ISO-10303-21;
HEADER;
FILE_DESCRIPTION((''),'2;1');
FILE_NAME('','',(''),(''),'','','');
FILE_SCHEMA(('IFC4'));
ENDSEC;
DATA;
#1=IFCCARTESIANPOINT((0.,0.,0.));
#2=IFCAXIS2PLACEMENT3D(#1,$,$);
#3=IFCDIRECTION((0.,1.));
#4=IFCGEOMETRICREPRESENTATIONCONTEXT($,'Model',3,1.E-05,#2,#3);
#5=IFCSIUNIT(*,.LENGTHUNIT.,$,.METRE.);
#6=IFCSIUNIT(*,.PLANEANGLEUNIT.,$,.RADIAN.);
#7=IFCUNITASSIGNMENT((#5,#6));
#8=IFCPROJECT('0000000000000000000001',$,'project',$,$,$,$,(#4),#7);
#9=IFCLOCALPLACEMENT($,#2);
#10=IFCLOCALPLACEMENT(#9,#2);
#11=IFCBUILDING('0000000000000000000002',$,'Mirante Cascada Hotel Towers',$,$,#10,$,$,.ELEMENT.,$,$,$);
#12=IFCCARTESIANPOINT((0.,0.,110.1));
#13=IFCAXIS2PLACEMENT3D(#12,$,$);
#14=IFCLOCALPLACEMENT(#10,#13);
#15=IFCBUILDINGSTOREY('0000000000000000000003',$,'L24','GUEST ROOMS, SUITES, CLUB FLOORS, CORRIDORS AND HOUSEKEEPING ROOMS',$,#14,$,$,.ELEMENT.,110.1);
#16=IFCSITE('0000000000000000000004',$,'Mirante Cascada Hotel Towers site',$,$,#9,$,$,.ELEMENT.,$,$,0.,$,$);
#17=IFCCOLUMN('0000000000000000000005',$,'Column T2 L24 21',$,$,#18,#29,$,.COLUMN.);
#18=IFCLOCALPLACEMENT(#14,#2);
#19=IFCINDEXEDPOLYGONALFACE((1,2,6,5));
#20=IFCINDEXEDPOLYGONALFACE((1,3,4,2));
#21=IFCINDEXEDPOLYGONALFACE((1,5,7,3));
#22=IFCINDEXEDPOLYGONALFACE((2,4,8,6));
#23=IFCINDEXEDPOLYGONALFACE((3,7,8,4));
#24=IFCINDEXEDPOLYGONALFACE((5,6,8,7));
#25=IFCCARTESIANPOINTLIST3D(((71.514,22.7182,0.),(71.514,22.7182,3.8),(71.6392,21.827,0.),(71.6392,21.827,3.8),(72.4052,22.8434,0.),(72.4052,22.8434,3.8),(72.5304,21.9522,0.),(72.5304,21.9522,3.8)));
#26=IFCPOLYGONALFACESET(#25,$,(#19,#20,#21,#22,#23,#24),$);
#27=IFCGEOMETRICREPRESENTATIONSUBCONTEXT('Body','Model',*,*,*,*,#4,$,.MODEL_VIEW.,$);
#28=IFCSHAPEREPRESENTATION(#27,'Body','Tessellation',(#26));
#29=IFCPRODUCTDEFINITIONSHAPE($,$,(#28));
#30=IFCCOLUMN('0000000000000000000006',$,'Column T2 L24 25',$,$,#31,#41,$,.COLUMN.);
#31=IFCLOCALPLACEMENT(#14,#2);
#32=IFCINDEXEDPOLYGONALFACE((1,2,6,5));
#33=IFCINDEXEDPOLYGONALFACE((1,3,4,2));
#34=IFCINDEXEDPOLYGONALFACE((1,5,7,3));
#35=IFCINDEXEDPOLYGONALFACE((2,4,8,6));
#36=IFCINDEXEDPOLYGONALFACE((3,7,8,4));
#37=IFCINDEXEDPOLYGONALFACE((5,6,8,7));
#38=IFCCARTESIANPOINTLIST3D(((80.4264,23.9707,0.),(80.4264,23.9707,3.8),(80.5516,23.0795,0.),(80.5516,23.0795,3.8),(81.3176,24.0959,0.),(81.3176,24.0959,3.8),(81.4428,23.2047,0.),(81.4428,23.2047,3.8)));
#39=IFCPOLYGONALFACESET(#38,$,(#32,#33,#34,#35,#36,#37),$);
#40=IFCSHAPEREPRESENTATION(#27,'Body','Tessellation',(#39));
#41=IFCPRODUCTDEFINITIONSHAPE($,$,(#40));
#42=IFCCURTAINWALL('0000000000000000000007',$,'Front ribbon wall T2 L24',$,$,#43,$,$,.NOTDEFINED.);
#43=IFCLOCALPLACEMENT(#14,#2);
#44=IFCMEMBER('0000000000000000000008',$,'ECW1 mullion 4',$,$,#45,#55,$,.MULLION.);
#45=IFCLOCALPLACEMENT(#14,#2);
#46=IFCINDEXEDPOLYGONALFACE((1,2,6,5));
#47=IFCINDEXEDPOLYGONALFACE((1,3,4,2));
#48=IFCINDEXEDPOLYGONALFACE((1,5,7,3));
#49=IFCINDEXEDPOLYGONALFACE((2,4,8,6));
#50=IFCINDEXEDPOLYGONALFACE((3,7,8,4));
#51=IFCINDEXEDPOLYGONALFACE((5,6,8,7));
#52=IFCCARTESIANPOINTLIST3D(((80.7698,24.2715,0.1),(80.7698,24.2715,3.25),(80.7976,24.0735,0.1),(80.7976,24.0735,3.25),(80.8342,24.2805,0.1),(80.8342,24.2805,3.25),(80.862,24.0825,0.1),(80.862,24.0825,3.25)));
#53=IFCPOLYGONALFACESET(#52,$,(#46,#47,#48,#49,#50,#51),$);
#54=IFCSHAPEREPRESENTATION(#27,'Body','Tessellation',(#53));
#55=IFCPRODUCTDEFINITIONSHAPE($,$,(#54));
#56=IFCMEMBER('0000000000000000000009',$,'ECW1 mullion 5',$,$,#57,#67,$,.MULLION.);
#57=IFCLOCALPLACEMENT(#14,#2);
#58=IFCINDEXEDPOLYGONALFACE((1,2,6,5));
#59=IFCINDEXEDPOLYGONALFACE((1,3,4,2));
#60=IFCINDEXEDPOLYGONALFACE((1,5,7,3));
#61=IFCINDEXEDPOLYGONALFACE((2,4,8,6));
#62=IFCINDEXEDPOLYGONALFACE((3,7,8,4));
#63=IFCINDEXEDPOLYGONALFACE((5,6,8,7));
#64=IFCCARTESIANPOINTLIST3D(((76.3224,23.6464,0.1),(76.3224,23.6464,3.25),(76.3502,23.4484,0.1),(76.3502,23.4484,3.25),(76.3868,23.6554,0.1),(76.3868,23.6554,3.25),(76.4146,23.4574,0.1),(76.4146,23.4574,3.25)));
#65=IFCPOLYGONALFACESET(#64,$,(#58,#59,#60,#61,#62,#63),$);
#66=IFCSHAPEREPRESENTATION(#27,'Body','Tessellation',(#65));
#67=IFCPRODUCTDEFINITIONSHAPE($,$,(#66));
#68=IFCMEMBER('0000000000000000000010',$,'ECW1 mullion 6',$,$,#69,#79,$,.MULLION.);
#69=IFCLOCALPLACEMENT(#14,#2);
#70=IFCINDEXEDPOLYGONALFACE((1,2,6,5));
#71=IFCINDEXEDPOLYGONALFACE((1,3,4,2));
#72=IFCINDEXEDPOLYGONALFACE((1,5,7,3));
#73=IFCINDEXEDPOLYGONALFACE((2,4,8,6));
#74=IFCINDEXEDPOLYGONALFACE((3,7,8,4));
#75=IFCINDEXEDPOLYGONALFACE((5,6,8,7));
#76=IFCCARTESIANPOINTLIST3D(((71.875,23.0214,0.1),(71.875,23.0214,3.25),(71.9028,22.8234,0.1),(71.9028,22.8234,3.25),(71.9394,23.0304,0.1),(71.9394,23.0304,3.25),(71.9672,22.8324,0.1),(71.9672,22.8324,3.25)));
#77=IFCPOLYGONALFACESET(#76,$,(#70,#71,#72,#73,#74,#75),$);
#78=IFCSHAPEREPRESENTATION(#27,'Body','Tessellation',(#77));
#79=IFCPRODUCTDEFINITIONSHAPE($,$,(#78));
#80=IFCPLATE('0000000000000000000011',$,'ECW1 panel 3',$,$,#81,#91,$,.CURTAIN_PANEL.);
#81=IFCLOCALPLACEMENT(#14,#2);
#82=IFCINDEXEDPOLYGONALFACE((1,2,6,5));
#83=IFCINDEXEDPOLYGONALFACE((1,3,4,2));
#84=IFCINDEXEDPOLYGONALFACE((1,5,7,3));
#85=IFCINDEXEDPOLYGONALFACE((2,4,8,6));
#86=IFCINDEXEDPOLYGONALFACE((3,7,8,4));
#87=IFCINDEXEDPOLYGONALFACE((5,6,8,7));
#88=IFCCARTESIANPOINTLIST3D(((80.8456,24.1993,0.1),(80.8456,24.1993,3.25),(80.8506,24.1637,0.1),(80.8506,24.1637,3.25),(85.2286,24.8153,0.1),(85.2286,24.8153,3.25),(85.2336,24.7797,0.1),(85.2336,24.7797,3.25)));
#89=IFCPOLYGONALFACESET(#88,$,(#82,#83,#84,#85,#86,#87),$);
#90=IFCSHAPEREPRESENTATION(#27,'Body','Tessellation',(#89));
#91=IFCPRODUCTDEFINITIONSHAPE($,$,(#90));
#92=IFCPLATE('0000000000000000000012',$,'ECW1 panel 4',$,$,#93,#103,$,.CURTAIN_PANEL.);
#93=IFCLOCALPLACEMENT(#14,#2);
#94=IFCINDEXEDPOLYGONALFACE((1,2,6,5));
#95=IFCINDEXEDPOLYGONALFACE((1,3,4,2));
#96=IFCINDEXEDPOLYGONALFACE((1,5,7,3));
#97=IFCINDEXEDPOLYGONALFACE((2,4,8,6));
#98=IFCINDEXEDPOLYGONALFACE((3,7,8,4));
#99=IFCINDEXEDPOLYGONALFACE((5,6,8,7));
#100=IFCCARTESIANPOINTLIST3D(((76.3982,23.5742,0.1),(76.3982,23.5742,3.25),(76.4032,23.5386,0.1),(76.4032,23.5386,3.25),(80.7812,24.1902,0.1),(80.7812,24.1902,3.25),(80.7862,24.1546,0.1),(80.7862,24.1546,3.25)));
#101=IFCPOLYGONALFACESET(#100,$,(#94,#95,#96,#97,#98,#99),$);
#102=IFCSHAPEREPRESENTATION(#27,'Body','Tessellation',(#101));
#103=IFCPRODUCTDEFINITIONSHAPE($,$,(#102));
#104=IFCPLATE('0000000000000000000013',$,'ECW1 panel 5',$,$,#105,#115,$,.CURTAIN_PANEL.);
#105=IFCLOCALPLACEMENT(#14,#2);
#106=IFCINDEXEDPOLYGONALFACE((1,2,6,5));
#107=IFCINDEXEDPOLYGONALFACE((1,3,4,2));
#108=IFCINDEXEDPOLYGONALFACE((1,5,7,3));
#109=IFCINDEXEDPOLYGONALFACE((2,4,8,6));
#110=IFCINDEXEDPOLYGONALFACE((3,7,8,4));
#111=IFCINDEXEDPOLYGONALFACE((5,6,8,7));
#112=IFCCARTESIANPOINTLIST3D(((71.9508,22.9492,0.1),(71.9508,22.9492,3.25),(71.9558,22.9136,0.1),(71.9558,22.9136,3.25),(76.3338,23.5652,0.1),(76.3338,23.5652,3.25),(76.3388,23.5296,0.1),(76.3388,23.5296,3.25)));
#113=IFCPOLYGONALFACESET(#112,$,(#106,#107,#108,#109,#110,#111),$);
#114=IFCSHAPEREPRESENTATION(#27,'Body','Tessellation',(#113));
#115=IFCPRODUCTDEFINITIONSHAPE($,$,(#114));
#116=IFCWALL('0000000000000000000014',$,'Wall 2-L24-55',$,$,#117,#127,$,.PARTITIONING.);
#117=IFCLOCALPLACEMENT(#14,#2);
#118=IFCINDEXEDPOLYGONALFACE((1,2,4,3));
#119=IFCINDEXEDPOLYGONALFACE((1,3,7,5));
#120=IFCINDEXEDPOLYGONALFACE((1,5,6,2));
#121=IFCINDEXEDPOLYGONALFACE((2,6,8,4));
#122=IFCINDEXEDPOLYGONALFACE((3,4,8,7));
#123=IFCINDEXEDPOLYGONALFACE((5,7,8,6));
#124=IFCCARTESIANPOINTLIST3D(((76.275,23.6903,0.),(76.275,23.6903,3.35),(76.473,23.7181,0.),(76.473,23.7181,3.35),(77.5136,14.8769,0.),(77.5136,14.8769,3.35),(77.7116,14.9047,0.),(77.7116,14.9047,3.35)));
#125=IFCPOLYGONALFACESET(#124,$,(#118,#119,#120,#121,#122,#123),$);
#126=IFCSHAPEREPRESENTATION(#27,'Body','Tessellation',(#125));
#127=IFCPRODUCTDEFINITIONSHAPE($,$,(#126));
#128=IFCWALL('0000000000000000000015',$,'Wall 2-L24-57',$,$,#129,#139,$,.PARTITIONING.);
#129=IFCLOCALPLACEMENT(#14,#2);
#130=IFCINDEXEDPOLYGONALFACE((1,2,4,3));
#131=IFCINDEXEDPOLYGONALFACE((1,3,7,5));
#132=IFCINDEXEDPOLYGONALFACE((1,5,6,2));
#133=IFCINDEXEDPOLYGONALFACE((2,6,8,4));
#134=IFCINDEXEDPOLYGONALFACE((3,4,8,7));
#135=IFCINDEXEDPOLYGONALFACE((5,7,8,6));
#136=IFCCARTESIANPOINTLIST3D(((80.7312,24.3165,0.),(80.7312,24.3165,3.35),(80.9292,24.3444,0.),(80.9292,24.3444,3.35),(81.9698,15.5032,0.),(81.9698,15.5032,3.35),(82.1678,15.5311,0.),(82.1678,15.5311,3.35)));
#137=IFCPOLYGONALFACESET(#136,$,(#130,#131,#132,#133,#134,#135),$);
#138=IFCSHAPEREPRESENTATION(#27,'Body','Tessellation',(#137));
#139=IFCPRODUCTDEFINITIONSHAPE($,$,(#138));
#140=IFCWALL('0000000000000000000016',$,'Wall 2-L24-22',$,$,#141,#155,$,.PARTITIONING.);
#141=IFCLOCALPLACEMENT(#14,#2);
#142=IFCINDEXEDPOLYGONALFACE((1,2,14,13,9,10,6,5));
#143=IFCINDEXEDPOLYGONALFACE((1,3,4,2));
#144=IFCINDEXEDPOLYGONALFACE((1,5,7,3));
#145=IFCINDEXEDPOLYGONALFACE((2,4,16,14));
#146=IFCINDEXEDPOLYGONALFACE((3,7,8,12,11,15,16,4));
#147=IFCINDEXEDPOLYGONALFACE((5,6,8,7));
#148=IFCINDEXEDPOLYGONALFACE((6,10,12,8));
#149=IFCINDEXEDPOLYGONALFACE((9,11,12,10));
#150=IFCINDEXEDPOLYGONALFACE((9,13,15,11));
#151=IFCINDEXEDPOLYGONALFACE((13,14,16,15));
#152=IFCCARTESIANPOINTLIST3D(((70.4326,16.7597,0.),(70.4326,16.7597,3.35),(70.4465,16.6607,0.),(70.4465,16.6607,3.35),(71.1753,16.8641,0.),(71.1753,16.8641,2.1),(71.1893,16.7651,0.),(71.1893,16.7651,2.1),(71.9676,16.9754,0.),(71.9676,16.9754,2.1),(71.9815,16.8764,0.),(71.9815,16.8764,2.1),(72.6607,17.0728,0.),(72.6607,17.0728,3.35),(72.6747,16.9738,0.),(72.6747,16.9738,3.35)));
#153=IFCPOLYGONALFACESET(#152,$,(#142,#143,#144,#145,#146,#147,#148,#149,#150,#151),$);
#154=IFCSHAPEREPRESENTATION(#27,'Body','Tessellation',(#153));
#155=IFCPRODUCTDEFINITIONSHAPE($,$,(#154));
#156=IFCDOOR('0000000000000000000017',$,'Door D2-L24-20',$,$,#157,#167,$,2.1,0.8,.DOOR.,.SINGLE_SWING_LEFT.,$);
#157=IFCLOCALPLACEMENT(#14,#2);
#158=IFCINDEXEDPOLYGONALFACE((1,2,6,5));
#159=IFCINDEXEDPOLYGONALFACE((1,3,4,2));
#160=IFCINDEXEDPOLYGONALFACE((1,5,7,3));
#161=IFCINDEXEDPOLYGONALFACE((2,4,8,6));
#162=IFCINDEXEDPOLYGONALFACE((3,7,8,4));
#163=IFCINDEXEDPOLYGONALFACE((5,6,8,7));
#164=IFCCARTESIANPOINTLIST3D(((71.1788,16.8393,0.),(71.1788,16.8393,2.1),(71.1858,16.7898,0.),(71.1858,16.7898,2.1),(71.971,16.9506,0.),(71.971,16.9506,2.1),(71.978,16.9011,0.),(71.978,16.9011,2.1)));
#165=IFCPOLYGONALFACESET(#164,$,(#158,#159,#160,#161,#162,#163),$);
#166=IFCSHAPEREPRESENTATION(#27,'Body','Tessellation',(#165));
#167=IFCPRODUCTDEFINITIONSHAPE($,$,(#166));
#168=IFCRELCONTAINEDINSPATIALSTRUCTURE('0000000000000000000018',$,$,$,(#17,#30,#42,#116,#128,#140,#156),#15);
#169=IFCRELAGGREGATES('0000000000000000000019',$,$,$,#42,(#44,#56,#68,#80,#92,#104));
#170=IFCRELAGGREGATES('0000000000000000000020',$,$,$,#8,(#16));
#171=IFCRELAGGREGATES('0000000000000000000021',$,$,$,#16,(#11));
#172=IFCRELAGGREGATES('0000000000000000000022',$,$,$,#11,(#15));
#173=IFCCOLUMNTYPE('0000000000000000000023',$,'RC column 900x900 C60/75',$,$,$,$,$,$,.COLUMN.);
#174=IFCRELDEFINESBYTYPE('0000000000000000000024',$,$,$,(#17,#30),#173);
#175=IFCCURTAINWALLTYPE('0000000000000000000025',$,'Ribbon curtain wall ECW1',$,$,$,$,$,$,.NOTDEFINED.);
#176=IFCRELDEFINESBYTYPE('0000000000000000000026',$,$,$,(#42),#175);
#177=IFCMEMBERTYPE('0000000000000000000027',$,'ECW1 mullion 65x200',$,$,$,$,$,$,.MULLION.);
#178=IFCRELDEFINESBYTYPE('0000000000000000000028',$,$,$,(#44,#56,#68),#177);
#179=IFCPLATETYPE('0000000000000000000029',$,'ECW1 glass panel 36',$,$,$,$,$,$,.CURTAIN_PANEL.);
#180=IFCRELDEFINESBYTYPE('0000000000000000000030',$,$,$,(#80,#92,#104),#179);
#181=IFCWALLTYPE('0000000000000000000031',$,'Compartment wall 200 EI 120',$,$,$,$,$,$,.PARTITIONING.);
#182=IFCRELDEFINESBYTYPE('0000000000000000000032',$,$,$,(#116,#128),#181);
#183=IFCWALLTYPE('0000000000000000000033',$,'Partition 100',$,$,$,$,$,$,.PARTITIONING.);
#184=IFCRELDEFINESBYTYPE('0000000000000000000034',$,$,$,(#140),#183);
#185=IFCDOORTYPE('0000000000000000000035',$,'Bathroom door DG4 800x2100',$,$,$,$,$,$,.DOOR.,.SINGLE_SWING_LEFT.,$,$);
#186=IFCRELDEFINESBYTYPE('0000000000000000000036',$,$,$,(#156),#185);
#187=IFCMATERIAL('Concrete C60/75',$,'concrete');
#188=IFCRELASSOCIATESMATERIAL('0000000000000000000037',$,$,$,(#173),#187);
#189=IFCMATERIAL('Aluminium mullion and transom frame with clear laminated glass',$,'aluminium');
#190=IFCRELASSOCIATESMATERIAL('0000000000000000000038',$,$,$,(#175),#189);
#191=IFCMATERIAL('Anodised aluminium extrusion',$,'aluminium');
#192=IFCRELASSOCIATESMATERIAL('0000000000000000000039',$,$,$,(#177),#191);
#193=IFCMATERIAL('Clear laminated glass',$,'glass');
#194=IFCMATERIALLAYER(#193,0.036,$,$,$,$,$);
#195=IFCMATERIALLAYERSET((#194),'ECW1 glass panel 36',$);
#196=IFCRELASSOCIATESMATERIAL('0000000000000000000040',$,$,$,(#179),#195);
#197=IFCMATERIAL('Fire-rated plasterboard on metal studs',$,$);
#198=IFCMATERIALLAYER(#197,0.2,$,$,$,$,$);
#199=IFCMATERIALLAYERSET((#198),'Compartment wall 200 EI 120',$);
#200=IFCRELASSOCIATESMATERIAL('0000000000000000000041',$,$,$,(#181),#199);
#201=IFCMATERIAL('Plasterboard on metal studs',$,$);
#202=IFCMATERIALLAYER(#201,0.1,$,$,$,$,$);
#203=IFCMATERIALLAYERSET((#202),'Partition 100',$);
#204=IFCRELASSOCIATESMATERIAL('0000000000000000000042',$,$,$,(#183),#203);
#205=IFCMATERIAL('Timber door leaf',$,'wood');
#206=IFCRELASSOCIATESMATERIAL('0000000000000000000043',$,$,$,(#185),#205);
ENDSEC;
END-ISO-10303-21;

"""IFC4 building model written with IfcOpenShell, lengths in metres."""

from ifc_helpers import new_model, si_unit, direction, frame, frame_2d, origin, origin_2d, place, context, subcontext, project, spatial, rectangle, extrude, material, layer, layer_set, material_profile, profile_set, type_object, element, fill, aggregate, save


model = new_model("IFC4")

# Units and contexts
model_context = context("Model", 3, precision=1e-05, world=origin(), true_north=direction((0.0, 1.0)))
body_context = subcontext(model_context, "Body", "Model", "MODEL_VIEW")
ifc_project = project(units=[si_unit("LENGTHUNIT", "METRE"), si_unit("PLANEANGLEUNIT", "RADIAN")], contexts=[model_context])

# Site, building, storey
site_placement = place(None, origin())
site = spatial("IfcSite", under=ifc_project, at=site_placement, Name="Mirante Cascada Hotel Towers site", CompositionType="ELEMENT", RefElevation=0.0)
building_placement = place(site_placement, origin())
building = spatial("IfcBuilding", under=site, at=building_placement, Name="Mirante Cascada Hotel Towers", CompositionType="ELEMENT")
storey_placement = place(building_placement, frame((0.0, 0.0, 110.1)))
storey = spatial("IfcBuildingStorey", under=building, at=storey_placement, Name="L24", Description="GUEST ROOMS, SUITES, CLUB FLOORS, CORRIDORS AND HOUSEKEEPING ROOMS", CompositionType="ELEMENT", Elevation=110.1)

# Columns
ifc_material_1 = material(Name="Concrete C60/75", Category="concrete")
ifc_material_profile_1 = material_profile(ifc_material_1, rectangle(XDim=0.9, YDim=0.9, at=origin_2d()), Name="RC column 900x900 C60/75")
ifc_profile_set_1 = profile_set([ifc_material_profile_1], Name="Concrete C60/75")
column_type = type_object("IfcColumnType", Name="RC column 900x900 C60/75", PredefinedType="COLUMN", material=ifc_profile_set_1)
for number, where, z_axis, x_axis, name in (
    (1, (72.0222, 22.3352, 0.0), (0.0, 0.0, 1.0), (0.990268, 0.139173, 0.0), "Column T2 L24 21"),
    (2, (80.9346, 23.5877, 0.0), (0.0, 0.0, 1.0), (0.990268, 0.139173, 0.0), "Column T2 L24 25"),
):
    element("IfcColumn", number, at=place(storey_placement, frame(where, z_axis=z_axis, x_axis=x_axis)), inside=storey, type_object=column_type, Name=name, PredefinedType="COLUMN", context=body_context, shape_type="SweptSolid", body=[
        extrude(rectangle(XDim=0.9, YDim=0.9, at=origin_2d()), origin(), (0.0, 0.0, 1.0), 3.8),
    ])

# Curtain wall, members, plates
ifc_material_2 = material(Name="Aluminium mullion and transom frame with clear laminated glass", Category="aluminium")
curtain_wall_type = type_object("IfcCurtainWallType", Name="Ribbon curtain wall ECW1", PredefinedType="NOTDEFINED", material=ifc_material_2)
curtain_wall_placement = place(storey_placement, origin())
curtain_wall = element("IfcCurtainWall", 3, at=curtain_wall_placement, inside=storey, type_object=curtain_wall_type, Name="Front ribbon wall T2 L24", PredefinedType="NOTDEFINED")
ifc_material_3 = material(Name="Anodised aluminium extrusion", Category="aluminium")
ifc_material_profile_2 = material_profile(ifc_material_3, rectangle(XDim=0.2, YDim=0.065, at=origin_2d()), Name="ECW1 MULLION 65x200")
ifc_profile_set_2 = profile_set([ifc_material_profile_2], Name="Anodised aluminium extrusion")
member_type = type_object("IfcMemberType", Name="ECW1 mullion 65x200", PredefinedType="MULLION", material=ifc_profile_set_2)
member_1_placement = place(storey_placement, frame((80.8159, 24.177, 0.1), z_axis=(0.0, 0.0, 1.0), x_axis=(0.139173, -0.990268, 0.0)))
member_1 = element("IfcMember", 4, at=member_1_placement, type_object=member_type, Name="ECW1 mullion 4", PredefinedType="MULLION", context=body_context, shape_type="SweptSolid", body=[
    extrude(rectangle(XDim=0.2, YDim=0.065, at=origin_2d()), origin(), (0.0, 0.0, 1.0), 3.15),
])
member_2_placement = place(storey_placement, frame((76.3685, 23.5519, 0.1), z_axis=(0.0, 0.0, 1.0), x_axis=(0.139173, -0.990268, 0.0)))
member_2 = element("IfcMember", 5, at=member_2_placement, type_object=member_type, Name="ECW1 mullion 5", PredefinedType="MULLION", context=body_context, shape_type="SweptSolid", body=[
    extrude(rectangle(XDim=0.2, YDim=0.065, at=origin_2d()), origin(), (0.0, 0.0, 1.0), 3.15),
])
member_3_placement = place(storey_placement, frame((71.9211, 22.9269, 0.1), z_axis=(0.0, 0.0, 1.0), x_axis=(0.139173, -0.990268, 0.0)))
member_3 = element("IfcMember", 6, at=member_3_placement, type_object=member_type, Name="ECW1 mullion 6", PredefinedType="MULLION", context=body_context, shape_type="SweptSolid", body=[
    extrude(rectangle(XDim=0.2, YDim=0.065, at=origin_2d()), origin(), (0.0, 0.0, 1.0), 3.15),
])
ifc_material_4 = material(Name="Clear laminated glass", Category="glass")
ifc_layer_1 = layer(ifc_material_4, 0.036)
ifc_layer_set_1 = layer_set([ifc_layer_1], Name="ECW1 glass panel 36")
plate_type = type_object("IfcPlateType", Name="ECW1 glass panel 36", PredefinedType="CURTAIN_PANEL", material=ifc_layer_set_1)
plate_1_placement = place(storey_placement, frame((83.0396, 24.4895, 0.1), z_axis=(0.0, 0.0, 1.0), x_axis=(-0.990268, -0.139173, 0.0)))
plate_1 = element("IfcPlate", 7, at=plate_1_placement, type_object=plate_type, Name="ECW1 panel 3", PredefinedType="CURTAIN_PANEL", context=body_context, shape_type="SweptSolid", body=[
    extrude(rectangle(XDim=4.4261, YDim=0.036, at=origin_2d()), origin(), (0.0, 0.0, 1.0), 3.15),
])
plate_2_placement = place(storey_placement, frame((78.5922, 23.8644, 0.1), z_axis=(0.0, 0.0, 1.0), x_axis=(-0.990268, -0.139173, 0.0)))
plate_2 = element("IfcPlate", 8, at=plate_2_placement, type_object=plate_type, Name="ECW1 panel 4", PredefinedType="CURTAIN_PANEL", context=body_context, shape_type="SweptSolid", body=[
    extrude(rectangle(XDim=4.4261, YDim=0.036, at=origin_2d()), origin(), (0.0, 0.0, 1.0), 3.15),
])
plate_3_placement = place(storey_placement, frame((74.1448, 23.2394, 0.1), z_axis=(0.0, 0.0, 1.0), x_axis=(-0.990268, -0.139173, 0.0)))
plate_3 = element("IfcPlate", 9, at=plate_3_placement, type_object=plate_type, Name="ECW1 panel 5", PredefinedType="CURTAIN_PANEL", context=body_context, shape_type="SweptSolid", body=[
    extrude(rectangle(XDim=4.4261, YDim=0.036, at=origin_2d()), origin(), (0.0, 0.0, 1.0), 3.15),
])
aggregate(curtain_wall, [member_1, member_2, member_3, plate_1, plate_2, plate_3])

# Walls
ifc_material_5 = material(Name="Fire-rated plasterboard on metal studs")
ifc_layer_2 = layer(ifc_material_5, 0.2)
ifc_layer_set_2 = layer_set([ifc_layer_2], Name="Compartment wall 200 EI 120")
wall_type_1 = type_object("IfcWallType", Name="Compartment wall 200 EI 120", PredefinedType="PARTITIONING", material=ifc_layer_set_2)
wall_1_placement = place(storey_placement, frame((77.6126, 14.8908, 0.0), z_axis=(0.0, 0.0, 1.0), x_axis=(-0.139168, 0.990269, 0.0)))
element("IfcWall", 10, at=wall_1_placement, inside=storey, type_object=wall_type_1, Name="Wall 2-L24-55", PredefinedType="PARTITIONING", context=body_context, shape_type="SweptSolid", body=[
    extrude(rectangle(XDim=8.9, YDim=0.2, at=frame_2d((4.45, 0.0))), origin(), (0.0, 0.0, 1.0), 3.35),
])
wall_2_placement = place(storey_placement, frame((82.0688, 15.5171, 0.0), z_axis=(0.0, 0.0, 1.0), x_axis=(-0.13917, 0.990268, 0.0)))
element("IfcWall", 11, at=wall_2_placement, inside=storey, type_object=wall_type_1, Name="Wall 2-L24-57", PredefinedType="PARTITIONING", context=body_context, shape_type="SweptSolid", body=[
    extrude(rectangle(XDim=8.8999, YDim=0.2, at=frame_2d((4.45, 0.0))), origin(), (0.0, 0.0, 1.0), 3.35),
])

# Wall, opening, door
ifc_material_6 = material(Name="Plasterboard on metal studs")
ifc_layer_3 = layer(ifc_material_6, 0.1)
ifc_layer_set_3 = layer_set([ifc_layer_3], Name="Partition 100")
wall_type_2 = type_object("IfcWallType", Name="Partition 100", PredefinedType="PARTITIONING", material=ifc_layer_set_3)
wall_3_placement = place(storey_placement, frame((72.6677, 17.0233, 0.0), z_axis=(0.0, 0.0, 1.0), x_axis=(-0.990271, -0.139156, 0.0)))
wall_3 = element("IfcWall", 12, at=wall_3_placement, inside=storey, type_object=wall_type_2, Name="Wall 2-L24-22", PredefinedType="PARTITIONING", context=body_context, shape_type="SweptSolid", body=[
    extrude(rectangle(XDim=2.25, YDim=0.1, at=frame_2d((1.125, 0.0))), origin(), (0.0, 0.0, 1.0), 3.35),
])
opening_1_placement = place(wall_3_placement, frame((0.7, 0.0, 0.0)))
opening_1 = element("IfcOpeningElement", 13, at=opening_1_placement, cuts=wall_3, PredefinedType="OPENING", context=body_context, shape_type="SweptSolid", body=[
    extrude(rectangle(XDim=0.8, YDim=2.1, at=frame_2d((0.4, 1.05))), frame((0.0, 0.05, 0.0), z_axis=(0.0, -1.0, 0.0), x_axis=(1.0, 0.0, 0.0)), (0.0, 0.0, 1.0), 0.1),
])
ifc_material_7 = material(Name="Timber door leaf", Category="wood")
door_type = type_object("IfcDoorType", Name="Bathroom door DG4 800x2100", OperationType="SINGLE_SWING_LEFT", PredefinedType="DOOR", material=ifc_material_7)
door_1_placement = place(opening_1_placement, origin())
door_1 = element("IfcDoor", 14, at=door_1_placement, inside=storey, type_object=door_type, Name="Door D2-L24-20", OperationType="SINGLE_SWING_LEFT", OverallHeight=2.1, OverallWidth=0.8, PredefinedType="DOOR", context=body_context, shape_type="SweptSolid", body=[
    extrude(rectangle(XDim=0.8, YDim=2.1, at=frame_2d((0.4, 1.05))), frame((0.0, 0.025, 0.0), z_axis=(0.0, -1.0, 0.0), x_axis=(1.0, 0.0, 0.0)), (0.0, 0.0, 1.0), 0.05),
])
fill(opening_1, door_1)

save(model, "model.ifc")
